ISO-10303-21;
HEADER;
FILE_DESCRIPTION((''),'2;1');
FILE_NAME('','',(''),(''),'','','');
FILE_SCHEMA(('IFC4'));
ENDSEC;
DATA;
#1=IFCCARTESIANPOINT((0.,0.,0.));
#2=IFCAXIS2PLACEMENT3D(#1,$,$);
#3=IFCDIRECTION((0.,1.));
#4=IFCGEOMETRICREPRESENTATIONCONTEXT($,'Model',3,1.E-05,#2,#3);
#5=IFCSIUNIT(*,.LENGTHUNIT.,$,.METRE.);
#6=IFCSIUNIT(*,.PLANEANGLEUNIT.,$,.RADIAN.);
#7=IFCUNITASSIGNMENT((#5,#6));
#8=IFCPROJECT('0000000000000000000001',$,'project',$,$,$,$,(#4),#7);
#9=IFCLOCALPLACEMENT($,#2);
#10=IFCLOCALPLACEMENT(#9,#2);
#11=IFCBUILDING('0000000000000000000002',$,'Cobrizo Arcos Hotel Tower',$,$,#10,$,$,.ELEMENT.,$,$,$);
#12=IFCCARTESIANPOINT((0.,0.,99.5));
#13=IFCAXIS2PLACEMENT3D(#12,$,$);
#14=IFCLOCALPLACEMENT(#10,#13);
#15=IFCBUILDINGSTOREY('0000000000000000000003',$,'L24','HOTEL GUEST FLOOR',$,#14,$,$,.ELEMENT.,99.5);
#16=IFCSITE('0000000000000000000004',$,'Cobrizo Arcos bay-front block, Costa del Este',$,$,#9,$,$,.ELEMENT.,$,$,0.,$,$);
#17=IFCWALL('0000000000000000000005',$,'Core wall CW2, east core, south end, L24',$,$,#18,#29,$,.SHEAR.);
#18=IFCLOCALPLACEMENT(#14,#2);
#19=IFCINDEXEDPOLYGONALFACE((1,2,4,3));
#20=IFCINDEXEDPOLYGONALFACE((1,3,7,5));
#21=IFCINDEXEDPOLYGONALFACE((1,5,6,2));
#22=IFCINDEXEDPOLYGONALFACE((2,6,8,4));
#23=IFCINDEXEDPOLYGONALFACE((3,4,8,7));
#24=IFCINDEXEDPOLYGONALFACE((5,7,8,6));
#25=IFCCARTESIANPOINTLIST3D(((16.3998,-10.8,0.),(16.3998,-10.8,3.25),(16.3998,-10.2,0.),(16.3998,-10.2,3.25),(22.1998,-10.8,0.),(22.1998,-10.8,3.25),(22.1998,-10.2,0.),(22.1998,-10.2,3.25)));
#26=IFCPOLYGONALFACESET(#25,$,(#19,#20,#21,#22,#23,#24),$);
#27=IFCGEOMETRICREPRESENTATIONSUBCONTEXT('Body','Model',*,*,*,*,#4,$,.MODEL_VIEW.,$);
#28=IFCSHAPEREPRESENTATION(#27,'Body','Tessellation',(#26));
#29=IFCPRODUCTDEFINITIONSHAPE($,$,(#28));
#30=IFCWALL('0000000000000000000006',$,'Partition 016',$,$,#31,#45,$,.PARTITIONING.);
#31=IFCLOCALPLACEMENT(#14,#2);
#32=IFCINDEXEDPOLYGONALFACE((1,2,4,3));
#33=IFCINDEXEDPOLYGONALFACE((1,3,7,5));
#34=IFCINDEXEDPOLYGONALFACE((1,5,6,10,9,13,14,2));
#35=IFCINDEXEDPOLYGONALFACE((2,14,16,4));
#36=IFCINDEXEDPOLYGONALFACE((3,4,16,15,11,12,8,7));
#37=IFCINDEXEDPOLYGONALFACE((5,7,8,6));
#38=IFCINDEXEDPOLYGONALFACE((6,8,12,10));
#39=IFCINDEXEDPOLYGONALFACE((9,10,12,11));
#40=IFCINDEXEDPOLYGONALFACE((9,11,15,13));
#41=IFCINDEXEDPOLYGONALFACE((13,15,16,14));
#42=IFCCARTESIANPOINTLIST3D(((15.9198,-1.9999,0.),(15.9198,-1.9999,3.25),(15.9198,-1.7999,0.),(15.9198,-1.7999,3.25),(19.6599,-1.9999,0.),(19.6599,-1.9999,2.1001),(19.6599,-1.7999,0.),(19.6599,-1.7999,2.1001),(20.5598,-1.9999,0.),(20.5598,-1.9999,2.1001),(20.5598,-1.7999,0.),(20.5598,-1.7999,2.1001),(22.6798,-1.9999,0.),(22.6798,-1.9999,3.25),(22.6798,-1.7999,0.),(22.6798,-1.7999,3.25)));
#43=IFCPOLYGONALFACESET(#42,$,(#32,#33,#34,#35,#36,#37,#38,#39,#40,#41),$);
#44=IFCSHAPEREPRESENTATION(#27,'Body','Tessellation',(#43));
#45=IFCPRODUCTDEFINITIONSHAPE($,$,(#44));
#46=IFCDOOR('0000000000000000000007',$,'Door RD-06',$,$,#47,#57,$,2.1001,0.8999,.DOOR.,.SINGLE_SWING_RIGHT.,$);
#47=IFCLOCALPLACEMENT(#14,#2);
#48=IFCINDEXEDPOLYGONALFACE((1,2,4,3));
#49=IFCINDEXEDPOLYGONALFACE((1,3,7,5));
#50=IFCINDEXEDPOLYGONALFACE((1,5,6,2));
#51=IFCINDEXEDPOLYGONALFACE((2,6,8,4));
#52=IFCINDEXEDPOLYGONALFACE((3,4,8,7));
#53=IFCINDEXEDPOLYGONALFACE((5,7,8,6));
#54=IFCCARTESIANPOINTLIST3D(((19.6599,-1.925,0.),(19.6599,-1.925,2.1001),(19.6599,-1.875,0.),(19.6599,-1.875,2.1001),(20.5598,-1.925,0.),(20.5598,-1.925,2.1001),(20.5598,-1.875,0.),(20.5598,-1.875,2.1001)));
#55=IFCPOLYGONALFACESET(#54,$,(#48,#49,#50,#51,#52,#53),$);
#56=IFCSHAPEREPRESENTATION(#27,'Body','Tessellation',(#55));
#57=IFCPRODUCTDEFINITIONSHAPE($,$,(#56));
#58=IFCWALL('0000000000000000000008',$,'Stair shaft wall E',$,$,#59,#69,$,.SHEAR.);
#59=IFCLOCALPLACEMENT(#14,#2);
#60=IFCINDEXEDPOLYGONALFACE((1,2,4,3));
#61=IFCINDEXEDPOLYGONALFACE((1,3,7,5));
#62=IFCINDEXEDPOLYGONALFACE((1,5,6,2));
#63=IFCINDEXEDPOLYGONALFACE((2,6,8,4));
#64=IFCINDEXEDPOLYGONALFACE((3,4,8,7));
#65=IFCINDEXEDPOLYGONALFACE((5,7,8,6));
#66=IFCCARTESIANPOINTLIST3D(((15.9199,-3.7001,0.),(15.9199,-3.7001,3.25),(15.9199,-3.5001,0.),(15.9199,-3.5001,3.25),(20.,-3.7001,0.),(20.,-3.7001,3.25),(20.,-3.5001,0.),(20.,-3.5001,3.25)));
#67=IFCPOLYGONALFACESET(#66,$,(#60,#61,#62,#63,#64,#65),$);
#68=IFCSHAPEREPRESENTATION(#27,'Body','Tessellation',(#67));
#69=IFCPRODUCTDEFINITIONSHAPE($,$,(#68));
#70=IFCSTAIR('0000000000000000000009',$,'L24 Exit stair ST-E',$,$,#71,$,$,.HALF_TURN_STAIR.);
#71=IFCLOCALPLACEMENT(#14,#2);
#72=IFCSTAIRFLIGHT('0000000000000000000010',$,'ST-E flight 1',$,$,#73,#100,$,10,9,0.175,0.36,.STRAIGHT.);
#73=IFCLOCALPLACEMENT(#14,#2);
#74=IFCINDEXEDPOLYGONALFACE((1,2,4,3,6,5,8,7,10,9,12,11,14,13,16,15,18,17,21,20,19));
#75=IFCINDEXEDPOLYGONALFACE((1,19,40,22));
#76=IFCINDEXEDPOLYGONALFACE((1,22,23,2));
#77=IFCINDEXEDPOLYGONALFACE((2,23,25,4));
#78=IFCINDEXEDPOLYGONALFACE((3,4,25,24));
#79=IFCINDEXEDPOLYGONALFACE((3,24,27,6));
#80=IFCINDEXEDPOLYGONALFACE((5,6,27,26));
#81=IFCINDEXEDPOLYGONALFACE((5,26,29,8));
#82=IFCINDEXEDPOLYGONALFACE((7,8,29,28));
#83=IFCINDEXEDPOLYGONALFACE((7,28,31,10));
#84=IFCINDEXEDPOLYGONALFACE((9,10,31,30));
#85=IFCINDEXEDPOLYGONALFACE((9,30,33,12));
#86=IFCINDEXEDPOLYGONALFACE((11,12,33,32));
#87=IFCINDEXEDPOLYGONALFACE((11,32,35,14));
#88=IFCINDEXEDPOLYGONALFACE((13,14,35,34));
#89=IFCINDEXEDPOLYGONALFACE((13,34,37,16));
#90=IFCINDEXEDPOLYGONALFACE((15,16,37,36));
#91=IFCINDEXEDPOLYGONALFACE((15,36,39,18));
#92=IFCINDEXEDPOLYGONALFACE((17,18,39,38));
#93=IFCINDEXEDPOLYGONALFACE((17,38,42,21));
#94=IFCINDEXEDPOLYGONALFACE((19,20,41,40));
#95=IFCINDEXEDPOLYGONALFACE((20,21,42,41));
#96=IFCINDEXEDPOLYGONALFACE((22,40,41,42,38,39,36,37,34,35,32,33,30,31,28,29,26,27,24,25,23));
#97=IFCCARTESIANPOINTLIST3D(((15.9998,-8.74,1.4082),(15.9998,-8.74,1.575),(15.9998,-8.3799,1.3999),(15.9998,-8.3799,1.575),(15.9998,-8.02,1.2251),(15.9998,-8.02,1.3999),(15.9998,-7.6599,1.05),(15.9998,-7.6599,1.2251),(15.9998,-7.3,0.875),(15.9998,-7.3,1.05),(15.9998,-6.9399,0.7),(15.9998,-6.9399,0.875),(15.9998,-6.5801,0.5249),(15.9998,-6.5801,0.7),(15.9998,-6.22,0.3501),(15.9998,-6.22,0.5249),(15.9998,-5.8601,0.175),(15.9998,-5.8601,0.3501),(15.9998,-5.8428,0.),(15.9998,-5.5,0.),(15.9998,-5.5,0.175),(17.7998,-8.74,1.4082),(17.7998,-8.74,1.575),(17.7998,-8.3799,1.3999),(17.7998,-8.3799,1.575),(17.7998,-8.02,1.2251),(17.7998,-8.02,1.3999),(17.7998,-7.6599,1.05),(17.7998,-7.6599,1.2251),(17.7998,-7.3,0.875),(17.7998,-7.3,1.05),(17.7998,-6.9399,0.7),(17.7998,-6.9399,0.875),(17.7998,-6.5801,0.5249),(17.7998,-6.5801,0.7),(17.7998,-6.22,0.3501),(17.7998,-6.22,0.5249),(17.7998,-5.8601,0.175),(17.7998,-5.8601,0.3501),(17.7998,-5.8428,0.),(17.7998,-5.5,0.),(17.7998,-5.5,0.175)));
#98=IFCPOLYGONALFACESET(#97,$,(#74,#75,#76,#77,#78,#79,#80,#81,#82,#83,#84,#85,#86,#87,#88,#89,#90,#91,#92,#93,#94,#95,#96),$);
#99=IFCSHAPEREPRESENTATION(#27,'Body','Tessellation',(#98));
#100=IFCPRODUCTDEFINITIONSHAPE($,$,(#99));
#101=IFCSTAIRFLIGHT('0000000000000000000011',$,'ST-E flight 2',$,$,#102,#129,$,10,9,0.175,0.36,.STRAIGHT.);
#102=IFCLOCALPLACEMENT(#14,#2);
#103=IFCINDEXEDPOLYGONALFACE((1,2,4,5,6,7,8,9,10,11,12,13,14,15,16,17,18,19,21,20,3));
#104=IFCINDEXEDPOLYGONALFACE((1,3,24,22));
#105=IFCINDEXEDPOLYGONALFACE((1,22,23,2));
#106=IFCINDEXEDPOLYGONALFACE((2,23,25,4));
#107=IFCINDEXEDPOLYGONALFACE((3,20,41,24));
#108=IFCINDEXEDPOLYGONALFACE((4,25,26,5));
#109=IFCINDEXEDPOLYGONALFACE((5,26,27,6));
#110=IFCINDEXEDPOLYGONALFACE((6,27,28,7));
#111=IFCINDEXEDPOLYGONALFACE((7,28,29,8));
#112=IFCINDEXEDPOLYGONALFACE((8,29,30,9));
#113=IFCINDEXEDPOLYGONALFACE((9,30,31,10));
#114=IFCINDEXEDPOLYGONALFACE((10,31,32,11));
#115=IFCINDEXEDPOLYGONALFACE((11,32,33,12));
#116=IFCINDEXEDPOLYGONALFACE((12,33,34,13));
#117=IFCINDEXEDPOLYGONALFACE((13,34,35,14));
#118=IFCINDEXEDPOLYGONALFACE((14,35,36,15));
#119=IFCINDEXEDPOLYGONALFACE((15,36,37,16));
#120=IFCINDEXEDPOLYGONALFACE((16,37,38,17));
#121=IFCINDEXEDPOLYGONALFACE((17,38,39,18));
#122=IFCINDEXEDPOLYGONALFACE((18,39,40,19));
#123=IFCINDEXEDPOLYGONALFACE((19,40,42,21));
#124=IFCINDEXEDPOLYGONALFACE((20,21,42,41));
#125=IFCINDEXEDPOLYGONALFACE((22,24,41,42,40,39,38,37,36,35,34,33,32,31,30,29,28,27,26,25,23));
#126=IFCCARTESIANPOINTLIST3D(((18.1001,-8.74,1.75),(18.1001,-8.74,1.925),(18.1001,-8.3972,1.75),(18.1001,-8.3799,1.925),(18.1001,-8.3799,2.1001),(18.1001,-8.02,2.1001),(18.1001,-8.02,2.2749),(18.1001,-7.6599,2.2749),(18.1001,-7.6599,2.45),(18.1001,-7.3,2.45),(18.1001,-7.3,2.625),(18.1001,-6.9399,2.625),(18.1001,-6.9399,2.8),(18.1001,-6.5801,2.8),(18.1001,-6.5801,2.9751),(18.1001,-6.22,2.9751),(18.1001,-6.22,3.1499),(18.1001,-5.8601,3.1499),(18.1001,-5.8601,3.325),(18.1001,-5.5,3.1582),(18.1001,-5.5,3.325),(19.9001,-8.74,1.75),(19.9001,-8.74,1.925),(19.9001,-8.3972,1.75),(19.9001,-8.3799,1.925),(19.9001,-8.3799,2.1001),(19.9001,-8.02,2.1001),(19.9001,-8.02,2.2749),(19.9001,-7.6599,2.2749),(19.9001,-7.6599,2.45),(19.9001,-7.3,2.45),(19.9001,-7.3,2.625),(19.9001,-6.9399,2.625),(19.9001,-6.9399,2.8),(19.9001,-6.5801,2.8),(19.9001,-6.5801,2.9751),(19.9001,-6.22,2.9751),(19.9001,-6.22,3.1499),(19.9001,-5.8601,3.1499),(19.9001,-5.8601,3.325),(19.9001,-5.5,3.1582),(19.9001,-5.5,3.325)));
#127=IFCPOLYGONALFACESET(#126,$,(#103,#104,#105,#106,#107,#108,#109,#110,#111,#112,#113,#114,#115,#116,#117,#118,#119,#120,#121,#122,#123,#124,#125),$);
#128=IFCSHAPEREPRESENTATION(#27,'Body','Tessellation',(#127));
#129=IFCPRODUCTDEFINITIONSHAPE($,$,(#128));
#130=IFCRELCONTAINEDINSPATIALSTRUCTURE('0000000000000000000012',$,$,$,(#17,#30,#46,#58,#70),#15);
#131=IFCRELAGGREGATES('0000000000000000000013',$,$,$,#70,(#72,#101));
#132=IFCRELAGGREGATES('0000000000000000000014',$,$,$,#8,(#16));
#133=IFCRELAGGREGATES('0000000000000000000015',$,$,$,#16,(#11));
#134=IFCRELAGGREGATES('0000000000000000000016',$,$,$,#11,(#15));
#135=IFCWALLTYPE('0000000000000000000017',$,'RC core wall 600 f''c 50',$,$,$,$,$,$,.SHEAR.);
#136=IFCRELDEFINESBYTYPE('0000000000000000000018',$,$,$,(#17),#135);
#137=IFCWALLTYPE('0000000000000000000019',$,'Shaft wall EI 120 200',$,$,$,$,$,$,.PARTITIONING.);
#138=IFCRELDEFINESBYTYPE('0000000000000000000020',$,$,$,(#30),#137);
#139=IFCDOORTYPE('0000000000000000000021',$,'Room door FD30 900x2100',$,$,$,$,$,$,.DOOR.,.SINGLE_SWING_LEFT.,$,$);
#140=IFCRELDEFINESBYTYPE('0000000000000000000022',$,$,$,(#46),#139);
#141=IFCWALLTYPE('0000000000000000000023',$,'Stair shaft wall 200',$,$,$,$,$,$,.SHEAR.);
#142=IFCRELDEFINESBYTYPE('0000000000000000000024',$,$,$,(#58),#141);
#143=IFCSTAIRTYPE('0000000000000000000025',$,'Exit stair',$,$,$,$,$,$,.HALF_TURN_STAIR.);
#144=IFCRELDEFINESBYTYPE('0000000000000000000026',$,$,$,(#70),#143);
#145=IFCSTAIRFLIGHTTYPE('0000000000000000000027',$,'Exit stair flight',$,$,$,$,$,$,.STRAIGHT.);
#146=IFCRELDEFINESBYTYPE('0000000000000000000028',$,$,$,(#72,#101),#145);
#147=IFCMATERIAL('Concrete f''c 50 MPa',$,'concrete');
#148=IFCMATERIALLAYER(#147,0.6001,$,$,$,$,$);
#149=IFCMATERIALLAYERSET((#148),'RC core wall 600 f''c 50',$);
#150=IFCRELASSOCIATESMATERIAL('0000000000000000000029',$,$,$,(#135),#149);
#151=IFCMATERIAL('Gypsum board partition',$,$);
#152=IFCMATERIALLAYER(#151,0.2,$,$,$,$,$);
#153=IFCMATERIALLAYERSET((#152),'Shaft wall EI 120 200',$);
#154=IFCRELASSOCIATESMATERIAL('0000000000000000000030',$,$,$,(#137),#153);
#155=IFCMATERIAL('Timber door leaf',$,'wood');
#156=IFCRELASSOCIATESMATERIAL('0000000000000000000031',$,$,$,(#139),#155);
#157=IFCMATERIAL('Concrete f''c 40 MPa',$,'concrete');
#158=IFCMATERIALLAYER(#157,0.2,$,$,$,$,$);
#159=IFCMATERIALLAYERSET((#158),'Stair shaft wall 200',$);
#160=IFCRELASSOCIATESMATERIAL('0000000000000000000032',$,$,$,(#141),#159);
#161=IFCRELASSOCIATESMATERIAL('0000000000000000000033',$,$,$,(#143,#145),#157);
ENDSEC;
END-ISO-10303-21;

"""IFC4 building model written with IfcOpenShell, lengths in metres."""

from ifc_helpers import new_model, si_unit, direction, frame, frame_2d, origin, place, context, subcontext, project, spatial, polyline, rectangle, outline, extrude, material, layer, layer_set, type_object, element, fill, aggregate, save


model = new_model("IFC4")

# Units and contexts
model_context = context("Model", 3, precision=1e-05, world=origin(), true_north=direction((0.0, 1.0)))
body_context = subcontext(model_context, "Body", "Model", "MODEL_VIEW")
ifc_project = project(units=[si_unit("LENGTHUNIT", "METRE"), si_unit("PLANEANGLEUNIT", "RADIAN")], contexts=[model_context])

# Site, building, storey
site_placement = place(None, origin())
site = spatial("IfcSite", under=ifc_project, at=site_placement, Name="Cobrizo Arcos bay-front block, Costa del Este", CompositionType="ELEMENT", RefElevation=0.0)
building_placement = place(site_placement, origin())
building = spatial("IfcBuilding", under=site, at=building_placement, Name="Cobrizo Arcos Hotel Tower", CompositionType="ELEMENT")
storey_placement = place(building_placement, frame((0.0, 0.0, 99.5)))
storey = spatial("IfcBuildingStorey", under=building, at=storey_placement, Name="L24", Description="HOTEL GUEST FLOOR", CompositionType="ELEMENT", Elevation=99.5)

# Wall
ifc_material_1 = material(Name="Concrete f'c 50 MPa", Category="concrete")
ifc_layer_1 = layer(ifc_material_1, 0.6001)
ifc_layer_set_1 = layer_set([ifc_layer_1], Name="RC core wall 600 f'c 50")
wall_type_1 = type_object("IfcWallType", Name="RC core wall 600 f'c 50", PredefinedType="SHEAR", material=ifc_layer_set_1)
wall_1_placement = place(storey_placement, frame((16.3999, -10.5, 0.0), z_axis=(0.0, 0.0, 1.0), x_axis=(1.0, 0.0, 0.0)))
element("IfcWall", 1, at=wall_1_placement, inside=storey, type_object=wall_type_1, Name="Core wall CW2, east core, south end, L24", PredefinedType="SHEAR", context=body_context, shape_type="SweptSolid", body=[
    extrude(rectangle(XDim=5.8, YDim=0.6001, at=frame_2d((2.8999, 0.0))), origin(), (0.0, 0.0, 1.0), 3.25),
])

# Wall, opening, door
ifc_material_2 = material(Name="Gypsum board partition")
ifc_layer_2 = layer(ifc_material_2, 0.2)
ifc_layer_set_2 = layer_set([ifc_layer_2], Name="Shaft wall EI 120 200")
wall_type_2 = type_object("IfcWallType", Name="Shaft wall EI 120 200", PredefinedType="PARTITIONING", material=ifc_layer_set_2)
wall_2_placement = place(storey_placement, frame((15.9199, -1.8999, 0.0), z_axis=(0.0, 0.0, 1.0), x_axis=(1.0, 0.0, 0.0)))
wall_2 = element("IfcWall", 2, at=wall_2_placement, inside=storey, type_object=wall_type_2, Name="Partition 016", PredefinedType="PARTITIONING", context=body_context, shape_type="SweptSolid", body=[
    extrude(rectangle(XDim=6.76, YDim=0.2, at=frame_2d((3.3799, 0.0))), origin(), (0.0, 0.0, 1.0), 3.25),
])
opening_placement = place(wall_2_placement, frame((3.74, 0.0, 0.0)))
opening = element("IfcOpeningElement", 3, at=opening_placement, cuts=wall_2, PredefinedType="OPENING", context=body_context, shape_type="SweptSolid", body=[
    extrude(rectangle(XDim=0.8999, YDim=2.1001, at=frame_2d((0.45, 1.05))), frame((0.0, 0.1121, 0.0), z_axis=(0.0, -1.0, 0.0), x_axis=(1.0, 0.0, 0.0)), (0.0, 0.0, 1.0), 0.2239),
])
ifc_material_3 = material(Name="Timber door leaf", Category="wood")
door_type = type_object("IfcDoorType", Name="Room door FD30 900x2100", OperationType="SINGLE_SWING_LEFT", PredefinedType="DOOR", material=ifc_material_3)
door_placement = place(opening_placement, origin())
door = element("IfcDoor", 4, at=door_placement, inside=storey, type_object=door_type, Name="Door RD-06", OperationType="SINGLE_SWING_RIGHT", OverallHeight=2.1001, OverallWidth=0.8999, PredefinedType="DOOR", context=body_context, shape_type="SweptSolid", body=[
    extrude(rectangle(XDim=0.8999, YDim=2.1001, at=frame_2d((0.45, 1.05))), frame((0.0, 0.0249, 0.0), z_axis=(0.0, -1.0, 0.0), x_axis=(1.0, 0.0, 0.0)), (0.0, 0.0, 1.0), 0.05),
])
fill(opening, door)

# Wall
ifc_material_4 = material(Name="Concrete f'c 40 MPa", Category="concrete")
ifc_layer_3 = layer(ifc_material_4, 0.2)
ifc_layer_set_3 = layer_set([ifc_layer_3], Name="Stair shaft wall 200")
wall_type_3 = type_object("IfcWallType", Name="Stair shaft wall 200", PredefinedType="SHEAR", material=ifc_layer_set_3)
wall_3_placement = place(storey_placement, frame((15.9199, -3.6001, 0.0), z_axis=(0.0, 0.0, 1.0), x_axis=(1.0, 0.0, 0.0)))
element("IfcWall", 5, at=wall_3_placement, inside=storey, type_object=wall_type_3, Name="Stair shaft wall E", PredefinedType="SHEAR", context=body_context, shape_type="SweptSolid", body=[
    extrude(rectangle(XDim=4.0801, YDim=0.2, at=frame_2d((2.04, 0.0))), origin(), (0.0, 0.0, 1.0), 3.25),
])

# Stair, stair flights
stair_type = type_object("IfcStairType", Name="Exit stair", PredefinedType="HALF_TURN_STAIR", material=ifc_material_4)
stair_placement = place(storey_placement, origin())
stair = element("IfcStair", 6, at=stair_placement, inside=storey, type_object=stair_type, Name="L24 Exit stair ST-E", PredefinedType="HALF_TURN_STAIR")
stair_flight_type = type_object("IfcStairFlightType", Name="Exit stair flight", PredefinedType="STRAIGHT", material=ifc_material_4)
stair_flight_1_placement = place(storey_placement, frame((16.8999, -5.5, 0.0), z_axis=(0.0, 0.0, 1.0), x_axis=(0.0, -1.0, 0.0)))
stair_flight_1 = element("IfcStairFlight", 7, at=stair_flight_1_placement, type_object=stair_flight_type, Name="ST-E flight 1", NumberOfRisers=10, NumberOfTreads=9, PredefinedType="STRAIGHT", RiserHeight=0.175, TreadLength=0.36, context=body_context, shape_type="SweptSolid", body=[
    extrude(outline(polyline([(0.0, 0.0), (0.0, 0.175), (0.3601, 0.175), (0.3601, 0.3501), (0.72, 0.3501), (0.72, 0.5249), (1.0801, 0.5249), (1.0801, 0.7), (1.4399, 0.7), (1.4399, 0.875), (1.8, 0.875), (1.8, 1.05), (2.1599, 1.05), (2.1599, 1.2251), (2.52, 1.2251), (2.52, 1.3999), (2.8799, 1.3999), (2.8799, 1.575), (3.24, 1.575), (3.24, 1.75), (3.24, 1.4082), (0.3428, 0.0), (0.0, 0.0)])), frame((0.0, 0.8999, 0.0), z_axis=(0.0, -1.0, 0.0), x_axis=(1.0, 0.0, 0.0)), (0.0, 0.0, 1.0), 1.8),
])
stair_flight_2_placement = place(storey_placement, frame((19.0, -8.74, 1.75), z_axis=(0.0, 0.0, 1.0), x_axis=(0.0, 1.0, 0.0)))
stair_flight_2 = element("IfcStairFlight", 8, at=stair_flight_2_placement, type_object=stair_flight_type, Name="ST-E flight 2", NumberOfRisers=10, NumberOfTreads=9, PredefinedType="STRAIGHT", RiserHeight=0.175, TreadLength=0.36, context=body_context, shape_type="SweptSolid", body=[
    extrude(outline(polyline([(0.0, 0.0), (0.0, 0.175), (0.3601, 0.175), (0.3601, 0.3501), (0.72, 0.3501), (0.72, 0.5249), (1.0801, 0.5249), (1.0801, 0.7), (1.4399, 0.7), (1.4399, 0.875), (1.8, 0.875), (1.8, 1.05), (2.1599, 1.05), (2.1599, 1.2251), (2.52, 1.2251), (2.52, 1.3999), (2.8799, 1.3999), (2.8799, 1.575), (3.24, 1.575), (3.24, 1.75), (3.24, 1.4082), (0.3428, 0.0), (0.0, 0.0)])), frame((0.0, 0.8999, 0.0), z_axis=(0.0, -1.0, 0.0), x_axis=(1.0, 0.0, 0.0)), (0.0, 0.0, 1.0), 1.8),
])
aggregate(stair, [stair_flight_1, stair_flight_2])

save(model, "model.ifc")
